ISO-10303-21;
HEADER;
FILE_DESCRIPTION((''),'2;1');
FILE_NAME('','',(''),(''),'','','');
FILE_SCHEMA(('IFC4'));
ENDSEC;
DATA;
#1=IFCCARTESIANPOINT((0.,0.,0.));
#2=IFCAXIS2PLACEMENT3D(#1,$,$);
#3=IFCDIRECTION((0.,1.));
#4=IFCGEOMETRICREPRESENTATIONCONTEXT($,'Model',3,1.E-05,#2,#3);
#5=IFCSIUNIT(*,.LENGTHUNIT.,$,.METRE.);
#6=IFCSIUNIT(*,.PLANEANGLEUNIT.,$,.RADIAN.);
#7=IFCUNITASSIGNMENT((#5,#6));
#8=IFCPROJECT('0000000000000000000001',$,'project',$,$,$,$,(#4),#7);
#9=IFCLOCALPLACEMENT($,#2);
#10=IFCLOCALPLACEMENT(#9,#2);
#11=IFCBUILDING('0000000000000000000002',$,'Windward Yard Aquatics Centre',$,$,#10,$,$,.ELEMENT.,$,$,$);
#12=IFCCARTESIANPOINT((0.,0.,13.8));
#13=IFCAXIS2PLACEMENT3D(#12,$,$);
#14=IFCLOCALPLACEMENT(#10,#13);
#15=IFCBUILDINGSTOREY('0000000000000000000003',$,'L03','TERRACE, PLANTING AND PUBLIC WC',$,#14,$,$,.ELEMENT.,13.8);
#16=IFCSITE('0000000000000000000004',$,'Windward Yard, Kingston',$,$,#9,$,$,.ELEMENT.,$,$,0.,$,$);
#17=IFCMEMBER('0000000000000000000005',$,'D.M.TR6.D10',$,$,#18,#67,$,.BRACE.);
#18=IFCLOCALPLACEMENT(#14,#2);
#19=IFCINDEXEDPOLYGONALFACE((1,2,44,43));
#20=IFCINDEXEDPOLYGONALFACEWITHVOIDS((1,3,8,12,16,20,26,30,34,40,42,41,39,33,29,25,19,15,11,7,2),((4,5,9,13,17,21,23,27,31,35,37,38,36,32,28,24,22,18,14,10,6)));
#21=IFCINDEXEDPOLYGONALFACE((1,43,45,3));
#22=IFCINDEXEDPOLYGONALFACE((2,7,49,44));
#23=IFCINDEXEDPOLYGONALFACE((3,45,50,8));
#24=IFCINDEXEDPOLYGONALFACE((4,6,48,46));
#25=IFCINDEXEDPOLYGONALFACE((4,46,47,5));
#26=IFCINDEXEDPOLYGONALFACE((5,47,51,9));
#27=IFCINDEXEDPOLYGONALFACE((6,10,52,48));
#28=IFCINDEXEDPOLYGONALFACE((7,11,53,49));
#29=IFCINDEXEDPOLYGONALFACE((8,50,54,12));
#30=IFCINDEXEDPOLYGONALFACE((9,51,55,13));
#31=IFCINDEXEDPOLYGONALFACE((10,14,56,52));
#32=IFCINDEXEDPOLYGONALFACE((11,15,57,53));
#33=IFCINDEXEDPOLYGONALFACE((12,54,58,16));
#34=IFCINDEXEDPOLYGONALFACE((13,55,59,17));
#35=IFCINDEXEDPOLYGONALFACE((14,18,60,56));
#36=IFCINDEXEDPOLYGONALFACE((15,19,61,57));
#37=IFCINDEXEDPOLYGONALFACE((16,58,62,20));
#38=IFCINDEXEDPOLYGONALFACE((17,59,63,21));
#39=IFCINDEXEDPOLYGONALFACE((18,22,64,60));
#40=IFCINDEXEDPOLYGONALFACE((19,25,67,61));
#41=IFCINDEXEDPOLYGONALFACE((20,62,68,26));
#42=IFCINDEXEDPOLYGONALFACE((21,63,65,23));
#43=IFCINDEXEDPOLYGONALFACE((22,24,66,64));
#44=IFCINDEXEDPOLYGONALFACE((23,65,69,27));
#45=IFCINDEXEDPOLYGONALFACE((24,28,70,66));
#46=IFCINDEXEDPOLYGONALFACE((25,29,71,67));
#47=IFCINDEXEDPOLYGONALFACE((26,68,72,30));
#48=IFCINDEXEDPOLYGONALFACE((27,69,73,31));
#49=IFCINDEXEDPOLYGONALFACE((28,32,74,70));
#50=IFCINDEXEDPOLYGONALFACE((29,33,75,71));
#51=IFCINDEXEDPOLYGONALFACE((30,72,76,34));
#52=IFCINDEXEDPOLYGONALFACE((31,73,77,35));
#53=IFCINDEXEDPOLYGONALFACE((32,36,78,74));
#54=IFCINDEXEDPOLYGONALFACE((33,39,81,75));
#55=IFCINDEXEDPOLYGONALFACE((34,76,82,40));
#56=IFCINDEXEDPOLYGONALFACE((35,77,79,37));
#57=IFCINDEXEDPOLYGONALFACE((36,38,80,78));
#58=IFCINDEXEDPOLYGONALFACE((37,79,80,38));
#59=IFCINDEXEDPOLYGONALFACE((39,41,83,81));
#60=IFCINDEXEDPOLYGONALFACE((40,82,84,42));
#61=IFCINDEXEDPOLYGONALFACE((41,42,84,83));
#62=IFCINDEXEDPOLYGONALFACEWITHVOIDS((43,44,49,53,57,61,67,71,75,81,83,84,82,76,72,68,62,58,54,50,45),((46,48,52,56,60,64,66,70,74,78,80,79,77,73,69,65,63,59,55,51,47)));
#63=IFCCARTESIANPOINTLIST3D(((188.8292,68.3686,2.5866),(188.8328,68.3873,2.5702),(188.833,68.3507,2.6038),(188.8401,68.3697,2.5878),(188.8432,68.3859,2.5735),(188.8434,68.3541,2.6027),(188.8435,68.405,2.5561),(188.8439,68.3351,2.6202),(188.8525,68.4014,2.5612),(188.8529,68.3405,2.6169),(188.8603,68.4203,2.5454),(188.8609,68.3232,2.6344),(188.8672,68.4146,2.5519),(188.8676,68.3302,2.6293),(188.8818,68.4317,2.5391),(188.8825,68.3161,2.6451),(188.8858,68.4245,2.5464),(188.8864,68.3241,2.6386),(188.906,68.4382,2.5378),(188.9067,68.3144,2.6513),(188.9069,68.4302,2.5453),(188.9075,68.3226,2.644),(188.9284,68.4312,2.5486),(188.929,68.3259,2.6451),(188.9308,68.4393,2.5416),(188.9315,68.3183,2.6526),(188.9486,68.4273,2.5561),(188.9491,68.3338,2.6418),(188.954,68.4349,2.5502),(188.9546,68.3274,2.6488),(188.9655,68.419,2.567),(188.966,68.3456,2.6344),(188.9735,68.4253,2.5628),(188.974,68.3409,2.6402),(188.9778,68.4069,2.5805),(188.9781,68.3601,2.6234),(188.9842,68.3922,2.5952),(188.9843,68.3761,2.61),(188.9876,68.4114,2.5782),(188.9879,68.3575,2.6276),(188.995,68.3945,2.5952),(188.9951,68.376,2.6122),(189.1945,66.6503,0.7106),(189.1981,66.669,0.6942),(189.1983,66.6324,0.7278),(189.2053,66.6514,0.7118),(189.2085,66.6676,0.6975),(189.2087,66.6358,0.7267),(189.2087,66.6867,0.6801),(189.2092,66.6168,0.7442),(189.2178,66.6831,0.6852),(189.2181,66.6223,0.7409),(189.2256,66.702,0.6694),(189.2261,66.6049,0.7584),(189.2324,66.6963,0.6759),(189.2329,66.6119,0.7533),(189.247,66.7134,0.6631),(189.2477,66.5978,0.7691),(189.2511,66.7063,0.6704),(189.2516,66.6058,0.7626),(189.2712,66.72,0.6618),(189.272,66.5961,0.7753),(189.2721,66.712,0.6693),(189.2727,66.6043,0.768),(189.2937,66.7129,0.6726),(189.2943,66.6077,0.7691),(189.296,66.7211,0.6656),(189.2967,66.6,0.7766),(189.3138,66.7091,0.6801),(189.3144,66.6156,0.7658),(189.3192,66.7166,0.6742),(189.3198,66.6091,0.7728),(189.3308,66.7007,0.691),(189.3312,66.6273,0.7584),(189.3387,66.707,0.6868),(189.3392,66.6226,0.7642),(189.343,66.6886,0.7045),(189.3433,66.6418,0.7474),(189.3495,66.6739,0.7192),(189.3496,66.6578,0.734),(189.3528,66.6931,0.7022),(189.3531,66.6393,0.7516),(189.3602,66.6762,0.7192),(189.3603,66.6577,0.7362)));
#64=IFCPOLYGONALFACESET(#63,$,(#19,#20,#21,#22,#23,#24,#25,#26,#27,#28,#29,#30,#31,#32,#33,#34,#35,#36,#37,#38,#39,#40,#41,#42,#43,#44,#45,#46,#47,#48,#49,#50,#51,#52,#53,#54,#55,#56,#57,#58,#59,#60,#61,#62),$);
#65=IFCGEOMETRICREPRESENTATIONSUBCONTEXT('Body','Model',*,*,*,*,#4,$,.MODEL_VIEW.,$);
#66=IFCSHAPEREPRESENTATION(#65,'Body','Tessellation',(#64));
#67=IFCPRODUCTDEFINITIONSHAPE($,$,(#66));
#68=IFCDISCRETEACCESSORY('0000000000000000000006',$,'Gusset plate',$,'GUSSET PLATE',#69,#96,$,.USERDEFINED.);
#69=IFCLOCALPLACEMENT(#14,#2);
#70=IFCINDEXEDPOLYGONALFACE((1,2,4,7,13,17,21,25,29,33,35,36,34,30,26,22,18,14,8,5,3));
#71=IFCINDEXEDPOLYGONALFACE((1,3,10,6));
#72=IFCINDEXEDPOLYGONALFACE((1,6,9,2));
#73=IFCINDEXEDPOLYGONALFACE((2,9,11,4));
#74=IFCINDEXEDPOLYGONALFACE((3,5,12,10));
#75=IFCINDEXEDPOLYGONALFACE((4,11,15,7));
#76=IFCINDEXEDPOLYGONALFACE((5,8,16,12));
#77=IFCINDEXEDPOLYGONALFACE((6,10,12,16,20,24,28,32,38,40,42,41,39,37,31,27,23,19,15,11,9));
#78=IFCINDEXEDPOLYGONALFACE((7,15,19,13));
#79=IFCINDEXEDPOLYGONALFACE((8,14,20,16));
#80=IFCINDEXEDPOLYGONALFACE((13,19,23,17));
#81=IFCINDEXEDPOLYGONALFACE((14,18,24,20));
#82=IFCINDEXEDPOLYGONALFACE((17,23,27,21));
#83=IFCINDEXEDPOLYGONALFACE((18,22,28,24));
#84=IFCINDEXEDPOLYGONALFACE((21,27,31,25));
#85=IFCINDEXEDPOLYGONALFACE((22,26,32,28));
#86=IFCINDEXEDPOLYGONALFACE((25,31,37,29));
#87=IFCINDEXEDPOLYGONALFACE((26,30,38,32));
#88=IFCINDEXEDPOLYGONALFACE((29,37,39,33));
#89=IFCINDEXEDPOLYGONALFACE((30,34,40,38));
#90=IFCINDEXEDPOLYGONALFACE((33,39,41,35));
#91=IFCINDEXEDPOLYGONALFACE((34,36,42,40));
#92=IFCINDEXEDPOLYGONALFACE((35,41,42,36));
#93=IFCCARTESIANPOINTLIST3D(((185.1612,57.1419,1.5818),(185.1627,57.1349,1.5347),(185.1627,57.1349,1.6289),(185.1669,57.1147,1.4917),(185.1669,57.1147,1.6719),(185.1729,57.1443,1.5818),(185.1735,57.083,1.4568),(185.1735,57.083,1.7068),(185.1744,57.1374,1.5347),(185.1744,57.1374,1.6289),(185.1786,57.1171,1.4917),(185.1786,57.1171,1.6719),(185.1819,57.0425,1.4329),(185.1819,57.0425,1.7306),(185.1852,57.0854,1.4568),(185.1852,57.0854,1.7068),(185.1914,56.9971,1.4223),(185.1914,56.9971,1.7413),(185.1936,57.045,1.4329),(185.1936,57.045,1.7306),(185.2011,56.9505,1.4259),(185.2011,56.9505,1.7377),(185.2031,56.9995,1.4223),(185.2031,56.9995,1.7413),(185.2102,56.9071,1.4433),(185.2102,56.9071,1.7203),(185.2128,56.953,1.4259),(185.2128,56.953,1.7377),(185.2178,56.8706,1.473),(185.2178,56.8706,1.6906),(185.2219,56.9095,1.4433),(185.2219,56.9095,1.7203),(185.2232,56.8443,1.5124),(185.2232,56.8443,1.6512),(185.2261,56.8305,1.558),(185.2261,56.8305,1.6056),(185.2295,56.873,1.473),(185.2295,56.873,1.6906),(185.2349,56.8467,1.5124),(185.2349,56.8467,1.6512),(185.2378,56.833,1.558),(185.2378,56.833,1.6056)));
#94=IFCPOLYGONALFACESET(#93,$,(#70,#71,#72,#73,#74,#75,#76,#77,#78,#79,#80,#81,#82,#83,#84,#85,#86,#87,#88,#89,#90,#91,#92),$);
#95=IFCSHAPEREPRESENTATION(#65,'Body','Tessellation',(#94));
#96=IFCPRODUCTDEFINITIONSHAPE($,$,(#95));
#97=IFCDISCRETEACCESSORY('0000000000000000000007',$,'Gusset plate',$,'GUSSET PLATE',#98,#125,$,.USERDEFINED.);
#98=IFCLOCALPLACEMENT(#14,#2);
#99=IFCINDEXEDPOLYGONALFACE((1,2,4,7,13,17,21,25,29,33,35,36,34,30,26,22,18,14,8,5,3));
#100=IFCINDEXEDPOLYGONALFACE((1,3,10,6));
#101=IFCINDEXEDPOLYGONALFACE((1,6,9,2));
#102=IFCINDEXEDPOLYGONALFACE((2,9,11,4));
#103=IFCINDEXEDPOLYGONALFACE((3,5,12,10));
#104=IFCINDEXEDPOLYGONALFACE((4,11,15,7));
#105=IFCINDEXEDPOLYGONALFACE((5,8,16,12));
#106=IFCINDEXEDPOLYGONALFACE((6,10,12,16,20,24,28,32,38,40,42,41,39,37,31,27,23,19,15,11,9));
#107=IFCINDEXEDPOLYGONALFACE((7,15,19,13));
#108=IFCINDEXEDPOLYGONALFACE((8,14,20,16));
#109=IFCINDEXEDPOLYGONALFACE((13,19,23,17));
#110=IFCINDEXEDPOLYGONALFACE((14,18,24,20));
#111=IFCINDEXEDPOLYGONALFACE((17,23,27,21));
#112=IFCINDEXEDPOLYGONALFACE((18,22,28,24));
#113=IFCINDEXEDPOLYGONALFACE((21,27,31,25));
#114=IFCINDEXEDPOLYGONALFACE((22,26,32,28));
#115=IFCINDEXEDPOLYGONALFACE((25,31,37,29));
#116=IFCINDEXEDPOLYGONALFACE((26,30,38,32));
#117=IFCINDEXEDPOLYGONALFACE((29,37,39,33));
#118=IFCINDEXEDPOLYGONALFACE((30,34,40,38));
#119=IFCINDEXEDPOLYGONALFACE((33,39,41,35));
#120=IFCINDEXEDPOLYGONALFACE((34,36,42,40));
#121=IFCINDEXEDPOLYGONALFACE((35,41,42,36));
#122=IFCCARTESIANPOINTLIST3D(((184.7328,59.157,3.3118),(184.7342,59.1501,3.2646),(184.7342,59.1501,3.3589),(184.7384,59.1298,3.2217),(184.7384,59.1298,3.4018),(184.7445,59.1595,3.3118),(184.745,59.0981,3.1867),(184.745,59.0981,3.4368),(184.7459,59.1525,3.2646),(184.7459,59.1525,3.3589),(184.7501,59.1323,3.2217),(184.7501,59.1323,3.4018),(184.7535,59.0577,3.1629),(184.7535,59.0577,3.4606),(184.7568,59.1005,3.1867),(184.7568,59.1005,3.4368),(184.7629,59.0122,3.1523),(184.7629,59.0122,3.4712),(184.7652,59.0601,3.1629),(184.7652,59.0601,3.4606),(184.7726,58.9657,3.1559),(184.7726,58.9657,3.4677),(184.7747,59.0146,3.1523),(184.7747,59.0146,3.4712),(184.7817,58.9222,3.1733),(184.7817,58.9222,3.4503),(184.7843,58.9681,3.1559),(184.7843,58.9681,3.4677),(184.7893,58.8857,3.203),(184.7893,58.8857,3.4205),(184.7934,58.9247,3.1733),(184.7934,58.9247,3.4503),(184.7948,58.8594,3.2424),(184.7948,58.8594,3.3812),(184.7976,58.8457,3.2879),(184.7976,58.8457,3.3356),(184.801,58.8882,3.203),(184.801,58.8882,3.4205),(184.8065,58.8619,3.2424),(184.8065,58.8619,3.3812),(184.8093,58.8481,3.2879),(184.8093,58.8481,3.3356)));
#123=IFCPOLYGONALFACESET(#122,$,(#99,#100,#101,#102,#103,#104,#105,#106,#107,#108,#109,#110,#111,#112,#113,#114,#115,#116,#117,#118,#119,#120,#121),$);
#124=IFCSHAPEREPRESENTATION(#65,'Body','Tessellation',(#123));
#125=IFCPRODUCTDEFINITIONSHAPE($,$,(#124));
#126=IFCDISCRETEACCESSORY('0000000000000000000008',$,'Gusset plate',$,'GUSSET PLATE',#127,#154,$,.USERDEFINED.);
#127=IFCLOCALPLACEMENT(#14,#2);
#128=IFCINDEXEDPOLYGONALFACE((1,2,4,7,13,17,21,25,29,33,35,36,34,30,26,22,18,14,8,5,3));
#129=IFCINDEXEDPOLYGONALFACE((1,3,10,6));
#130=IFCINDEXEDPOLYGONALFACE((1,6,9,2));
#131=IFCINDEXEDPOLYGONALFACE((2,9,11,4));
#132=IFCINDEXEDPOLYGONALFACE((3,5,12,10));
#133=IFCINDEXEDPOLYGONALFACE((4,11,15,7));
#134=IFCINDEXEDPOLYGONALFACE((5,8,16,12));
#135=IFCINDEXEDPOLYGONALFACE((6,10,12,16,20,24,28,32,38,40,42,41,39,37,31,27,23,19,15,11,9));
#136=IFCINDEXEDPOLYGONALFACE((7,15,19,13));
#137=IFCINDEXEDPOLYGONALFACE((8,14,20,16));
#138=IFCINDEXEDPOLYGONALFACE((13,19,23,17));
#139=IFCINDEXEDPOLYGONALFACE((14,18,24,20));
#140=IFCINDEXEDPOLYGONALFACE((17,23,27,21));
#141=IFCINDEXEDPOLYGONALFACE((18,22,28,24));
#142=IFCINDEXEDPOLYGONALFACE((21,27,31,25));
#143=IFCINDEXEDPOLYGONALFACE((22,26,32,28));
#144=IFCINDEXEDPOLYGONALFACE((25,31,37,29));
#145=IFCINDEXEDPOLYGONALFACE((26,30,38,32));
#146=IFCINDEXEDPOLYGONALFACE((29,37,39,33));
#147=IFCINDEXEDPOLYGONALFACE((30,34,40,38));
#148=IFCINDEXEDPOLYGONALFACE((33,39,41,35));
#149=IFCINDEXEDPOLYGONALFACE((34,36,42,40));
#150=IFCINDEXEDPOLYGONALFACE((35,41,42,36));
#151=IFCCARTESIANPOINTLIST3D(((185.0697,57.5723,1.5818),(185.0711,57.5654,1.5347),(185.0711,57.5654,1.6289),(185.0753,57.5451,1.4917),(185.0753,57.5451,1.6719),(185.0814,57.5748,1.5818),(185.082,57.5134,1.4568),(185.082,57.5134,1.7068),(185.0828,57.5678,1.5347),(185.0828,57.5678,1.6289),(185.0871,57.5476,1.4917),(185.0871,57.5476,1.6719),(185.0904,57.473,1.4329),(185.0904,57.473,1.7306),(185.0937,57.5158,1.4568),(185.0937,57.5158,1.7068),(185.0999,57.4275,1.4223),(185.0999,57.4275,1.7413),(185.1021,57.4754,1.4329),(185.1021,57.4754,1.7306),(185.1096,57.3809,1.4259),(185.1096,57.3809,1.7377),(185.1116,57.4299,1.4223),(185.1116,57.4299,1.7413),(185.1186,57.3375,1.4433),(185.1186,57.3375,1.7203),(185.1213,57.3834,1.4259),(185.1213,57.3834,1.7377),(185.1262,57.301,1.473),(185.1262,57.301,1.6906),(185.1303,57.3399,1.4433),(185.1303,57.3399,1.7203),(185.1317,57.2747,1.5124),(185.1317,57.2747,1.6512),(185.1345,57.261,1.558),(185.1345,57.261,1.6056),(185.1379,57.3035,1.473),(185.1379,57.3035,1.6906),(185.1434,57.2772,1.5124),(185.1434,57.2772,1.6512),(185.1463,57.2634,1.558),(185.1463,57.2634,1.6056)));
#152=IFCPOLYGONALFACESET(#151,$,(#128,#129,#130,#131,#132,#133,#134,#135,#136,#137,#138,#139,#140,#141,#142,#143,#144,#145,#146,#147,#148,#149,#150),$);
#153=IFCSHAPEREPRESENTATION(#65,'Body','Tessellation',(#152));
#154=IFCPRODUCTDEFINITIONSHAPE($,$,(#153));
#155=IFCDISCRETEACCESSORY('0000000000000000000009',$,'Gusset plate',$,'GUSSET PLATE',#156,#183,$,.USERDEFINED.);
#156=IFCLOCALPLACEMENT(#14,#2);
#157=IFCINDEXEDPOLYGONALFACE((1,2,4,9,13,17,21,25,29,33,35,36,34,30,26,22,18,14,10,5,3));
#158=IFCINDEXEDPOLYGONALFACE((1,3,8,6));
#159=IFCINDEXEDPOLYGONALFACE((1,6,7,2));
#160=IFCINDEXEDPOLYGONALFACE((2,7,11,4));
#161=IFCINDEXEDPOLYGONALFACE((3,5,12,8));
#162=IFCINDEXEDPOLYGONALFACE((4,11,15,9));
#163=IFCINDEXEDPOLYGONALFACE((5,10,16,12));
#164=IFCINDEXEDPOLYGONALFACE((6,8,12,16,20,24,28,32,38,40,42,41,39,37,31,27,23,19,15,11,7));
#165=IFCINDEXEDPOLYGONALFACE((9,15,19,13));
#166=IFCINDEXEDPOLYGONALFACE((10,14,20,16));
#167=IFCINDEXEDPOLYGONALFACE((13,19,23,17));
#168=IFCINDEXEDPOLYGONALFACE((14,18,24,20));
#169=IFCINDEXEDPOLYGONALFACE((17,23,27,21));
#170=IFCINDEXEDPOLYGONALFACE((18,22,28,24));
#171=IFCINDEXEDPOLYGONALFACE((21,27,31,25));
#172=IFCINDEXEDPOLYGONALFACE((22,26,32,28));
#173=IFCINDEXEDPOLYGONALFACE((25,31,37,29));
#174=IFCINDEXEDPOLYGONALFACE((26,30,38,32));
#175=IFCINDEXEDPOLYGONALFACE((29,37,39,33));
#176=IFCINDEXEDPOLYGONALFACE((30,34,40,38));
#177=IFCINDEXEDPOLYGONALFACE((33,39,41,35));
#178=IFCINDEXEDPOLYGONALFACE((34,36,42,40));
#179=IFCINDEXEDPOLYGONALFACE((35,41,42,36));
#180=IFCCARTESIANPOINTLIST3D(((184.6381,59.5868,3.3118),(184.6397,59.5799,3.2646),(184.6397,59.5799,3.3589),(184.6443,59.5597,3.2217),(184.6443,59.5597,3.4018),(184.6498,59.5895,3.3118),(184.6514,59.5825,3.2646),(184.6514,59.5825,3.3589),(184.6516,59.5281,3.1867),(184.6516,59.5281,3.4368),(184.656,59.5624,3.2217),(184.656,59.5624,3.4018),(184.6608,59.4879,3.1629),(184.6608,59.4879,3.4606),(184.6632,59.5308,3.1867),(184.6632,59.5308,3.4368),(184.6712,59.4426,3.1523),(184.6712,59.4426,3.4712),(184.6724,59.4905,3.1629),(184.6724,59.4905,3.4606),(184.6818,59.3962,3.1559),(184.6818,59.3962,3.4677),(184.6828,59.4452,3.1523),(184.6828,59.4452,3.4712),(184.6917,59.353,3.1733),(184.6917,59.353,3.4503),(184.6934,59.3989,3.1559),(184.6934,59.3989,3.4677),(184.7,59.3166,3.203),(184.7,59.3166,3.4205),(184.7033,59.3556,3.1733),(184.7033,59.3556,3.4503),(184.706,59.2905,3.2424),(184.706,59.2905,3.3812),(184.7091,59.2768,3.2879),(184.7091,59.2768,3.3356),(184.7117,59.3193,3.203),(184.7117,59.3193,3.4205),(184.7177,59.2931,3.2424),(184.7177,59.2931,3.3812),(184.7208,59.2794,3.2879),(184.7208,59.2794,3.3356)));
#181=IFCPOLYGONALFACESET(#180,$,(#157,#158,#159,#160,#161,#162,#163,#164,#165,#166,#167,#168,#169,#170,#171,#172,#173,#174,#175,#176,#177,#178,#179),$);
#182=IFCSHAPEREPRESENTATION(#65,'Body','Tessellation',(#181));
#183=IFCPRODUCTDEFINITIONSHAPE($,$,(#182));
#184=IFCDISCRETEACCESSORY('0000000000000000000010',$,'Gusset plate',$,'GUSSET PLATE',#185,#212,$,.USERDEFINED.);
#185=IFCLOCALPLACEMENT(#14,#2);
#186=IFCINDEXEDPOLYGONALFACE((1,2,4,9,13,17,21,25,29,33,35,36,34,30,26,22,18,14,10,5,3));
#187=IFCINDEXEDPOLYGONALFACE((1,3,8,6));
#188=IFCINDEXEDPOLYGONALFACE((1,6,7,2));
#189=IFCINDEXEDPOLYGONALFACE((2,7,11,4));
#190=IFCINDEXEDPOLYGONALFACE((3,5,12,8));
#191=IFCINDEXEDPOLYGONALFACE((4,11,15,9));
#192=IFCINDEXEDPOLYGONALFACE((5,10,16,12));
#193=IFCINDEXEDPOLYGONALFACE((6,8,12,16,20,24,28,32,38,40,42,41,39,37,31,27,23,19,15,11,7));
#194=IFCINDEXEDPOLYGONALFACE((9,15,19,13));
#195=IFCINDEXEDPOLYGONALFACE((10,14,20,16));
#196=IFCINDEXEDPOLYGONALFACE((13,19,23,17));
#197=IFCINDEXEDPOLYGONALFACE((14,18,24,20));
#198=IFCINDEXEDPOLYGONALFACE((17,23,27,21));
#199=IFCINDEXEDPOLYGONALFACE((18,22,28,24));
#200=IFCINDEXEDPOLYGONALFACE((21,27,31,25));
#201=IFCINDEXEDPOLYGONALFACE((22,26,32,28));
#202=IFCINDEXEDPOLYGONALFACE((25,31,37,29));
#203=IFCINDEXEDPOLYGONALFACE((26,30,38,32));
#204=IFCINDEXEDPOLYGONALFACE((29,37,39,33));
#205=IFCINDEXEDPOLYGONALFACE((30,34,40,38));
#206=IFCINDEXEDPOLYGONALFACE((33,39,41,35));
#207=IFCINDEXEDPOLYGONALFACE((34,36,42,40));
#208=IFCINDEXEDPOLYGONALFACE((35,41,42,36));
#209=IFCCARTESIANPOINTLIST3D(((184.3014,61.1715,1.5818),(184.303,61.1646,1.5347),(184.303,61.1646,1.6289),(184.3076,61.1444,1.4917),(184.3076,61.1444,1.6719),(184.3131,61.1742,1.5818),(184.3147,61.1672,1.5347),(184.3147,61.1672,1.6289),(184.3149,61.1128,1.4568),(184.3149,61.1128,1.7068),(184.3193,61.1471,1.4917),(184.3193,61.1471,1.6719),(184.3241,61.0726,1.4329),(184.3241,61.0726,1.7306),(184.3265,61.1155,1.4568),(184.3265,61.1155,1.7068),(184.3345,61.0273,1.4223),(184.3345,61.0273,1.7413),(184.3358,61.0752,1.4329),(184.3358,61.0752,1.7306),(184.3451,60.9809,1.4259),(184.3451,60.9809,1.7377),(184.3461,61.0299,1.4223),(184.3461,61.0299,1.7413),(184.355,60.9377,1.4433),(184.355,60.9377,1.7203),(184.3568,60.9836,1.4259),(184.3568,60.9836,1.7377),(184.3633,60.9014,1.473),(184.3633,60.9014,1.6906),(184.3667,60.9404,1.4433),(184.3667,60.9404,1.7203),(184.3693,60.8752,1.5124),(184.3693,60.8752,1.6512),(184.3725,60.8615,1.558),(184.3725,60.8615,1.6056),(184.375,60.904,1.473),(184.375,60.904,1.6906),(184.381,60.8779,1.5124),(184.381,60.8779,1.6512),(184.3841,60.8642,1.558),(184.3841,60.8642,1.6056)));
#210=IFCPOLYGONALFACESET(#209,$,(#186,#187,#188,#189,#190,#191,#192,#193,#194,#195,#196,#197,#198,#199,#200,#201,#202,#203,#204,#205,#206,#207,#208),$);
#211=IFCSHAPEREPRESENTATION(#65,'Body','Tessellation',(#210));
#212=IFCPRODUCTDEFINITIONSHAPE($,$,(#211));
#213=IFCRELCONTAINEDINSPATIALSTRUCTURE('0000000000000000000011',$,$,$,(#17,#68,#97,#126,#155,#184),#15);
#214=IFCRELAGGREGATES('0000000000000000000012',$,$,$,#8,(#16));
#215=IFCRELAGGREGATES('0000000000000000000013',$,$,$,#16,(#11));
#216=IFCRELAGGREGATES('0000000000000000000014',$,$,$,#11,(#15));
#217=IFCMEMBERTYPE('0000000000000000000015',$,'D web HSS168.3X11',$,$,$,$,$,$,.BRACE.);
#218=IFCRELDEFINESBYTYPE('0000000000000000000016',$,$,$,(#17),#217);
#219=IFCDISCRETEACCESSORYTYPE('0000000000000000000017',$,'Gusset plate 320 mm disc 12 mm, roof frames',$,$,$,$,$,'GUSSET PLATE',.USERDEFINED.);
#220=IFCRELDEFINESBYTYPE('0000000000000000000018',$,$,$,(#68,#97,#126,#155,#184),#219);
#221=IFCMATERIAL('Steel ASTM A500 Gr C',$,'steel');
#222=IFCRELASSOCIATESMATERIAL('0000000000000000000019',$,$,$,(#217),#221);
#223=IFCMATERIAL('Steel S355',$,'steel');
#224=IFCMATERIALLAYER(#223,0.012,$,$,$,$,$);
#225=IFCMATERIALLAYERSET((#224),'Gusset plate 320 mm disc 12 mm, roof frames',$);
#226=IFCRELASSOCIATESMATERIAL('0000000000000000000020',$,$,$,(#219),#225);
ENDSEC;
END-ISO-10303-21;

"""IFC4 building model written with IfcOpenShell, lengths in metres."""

from ifc_helpers import new_model, si_unit, direction, frame, origin, origin_2d, place, context, subcontext, project, spatial, circle, hollow_circle, extrude, material, layer, layer_set, material_profile, profile_set, type_object, element, save


model = new_model("IFC4")

# Units and contexts
model_context = context("Model", 3, precision=1e-05, world=origin(), true_north=direction((0.0, 1.0)))
body_context = subcontext(model_context, "Body", "Model", "MODEL_VIEW")
ifc_project = project(units=[si_unit("LENGTHUNIT", "METRE"), si_unit("PLANEANGLEUNIT", "RADIAN")], contexts=[model_context])

# Site, building, storey
site_placement = place(None, origin())
site = spatial("IfcSite", under=ifc_project, at=site_placement, Name="Windward Yard, Kingston", CompositionType="ELEMENT", RefElevation=0.0)
building_placement = place(site_placement, origin())
building = spatial("IfcBuilding", under=site, at=building_placement, Name="Windward Yard Aquatics Centre", CompositionType="ELEMENT")
storey_placement = place(building_placement, frame((0.0, 0.0, 13.8)))
storey = spatial("IfcBuildingStorey", under=building, at=storey_placement, Name="L03", Description="TERRACE, PLANTING AND PUBLIC WC", CompositionType="ELEMENT", Elevation=13.8)

# Member
ifc_material_1 = material(Name="Steel ASTM A500 Gr C", Category="steel")
ifc_material_profile_1 = material_profile(ifc_material_1, hollow_circle(Radius=0.0842, WallThickness=0.011, at=origin_2d()), Name="HSS168.3X11")
ifc_profile_set_1 = profile_set([ifc_material_profile_1], Name="Steel ASTM A500 Gr C")
member_type_1 = type_object("IfcMemberType", Name="D web HSS168.3X11", PredefinedType="BRACE", material=ifc_profile_set_1)
member_1_placement = place(storey_placement, frame((188.9126, 68.377, 2.5952), z_axis=(0.142112, -0.668574, -0.729941), x_axis=(0.978147, 0.207915, 0.0)))
element("IfcMember", 1, at=member_1_placement, inside=storey, type_object=member_type_1, Name="D.M.TR6.D10", PredefinedType="BRACE", context=body_context, shape_type="SweptSolid", body=[
    extrude(hollow_circle(Radius=0.0842, WallThickness=0.011, at=origin_2d()), origin(), (0.0, 0.0, 1.0), 2.5701),
])

# Discrete accessories
ifc_material_2 = material(Name="Steel S355", Category="steel")
ifc_layer = layer(ifc_material_2, 0.012)
ifc_layer_set = layer_set([ifc_layer], Name="Gusset plate 320 mm disc 12 mm, roof frames")
discrete_accessory_type = type_object("IfcDiscreteAccessoryType", Name="Gusset plate 320 mm disc 12 mm, roof frames", ElementType="GUSSET PLATE", PredefinedType="USERDEFINED", material=ifc_layer_set)
for number, where, z_axis, x_axis, name in (
    (2, (185.1938, 56.9854, 1.5818), (0.97898, 0.203954, 0.0), (-0.203954, 0.97898, 0.0), "Gusset plate"),
    (3, (184.7654, 59.0005, 3.3118), (0.97898, 0.203954, 0.0), (-0.203954, 0.97898, 0.0), "Gusset plate"),
    (4, (185.1023, 57.4158, 1.5818), (0.97898, 0.203954, 0.0), (-0.203954, 0.97898, 0.0), "Gusset plate"),
    (5, (184.6738, 59.4309, 3.3118), (0.974732, 0.223376, 0.0), (-0.223376, 0.974732, 0.0), "Gusset plate"),
    (6, (184.3372, 61.0156, 1.5818), (0.974732, 0.223376, 0.0), (-0.223376, 0.974732, 0.0), "Gusset plate"),
):
    element("IfcDiscreteAccessory", number, at=place(storey_placement, frame(where, z_axis=z_axis, x_axis=x_axis)), inside=storey, type_object=discrete_accessory_type, Name=name, ObjectType="GUSSET PLATE", PredefinedType="USERDEFINED", context=body_context, shape_type="SweptSolid", body=[
        extrude(circle(Radius=0.1599, at=origin_2d()), origin(), (0.0, 0.0, 1.0), 0.012),
    ])

save(model, "model.ifc")
